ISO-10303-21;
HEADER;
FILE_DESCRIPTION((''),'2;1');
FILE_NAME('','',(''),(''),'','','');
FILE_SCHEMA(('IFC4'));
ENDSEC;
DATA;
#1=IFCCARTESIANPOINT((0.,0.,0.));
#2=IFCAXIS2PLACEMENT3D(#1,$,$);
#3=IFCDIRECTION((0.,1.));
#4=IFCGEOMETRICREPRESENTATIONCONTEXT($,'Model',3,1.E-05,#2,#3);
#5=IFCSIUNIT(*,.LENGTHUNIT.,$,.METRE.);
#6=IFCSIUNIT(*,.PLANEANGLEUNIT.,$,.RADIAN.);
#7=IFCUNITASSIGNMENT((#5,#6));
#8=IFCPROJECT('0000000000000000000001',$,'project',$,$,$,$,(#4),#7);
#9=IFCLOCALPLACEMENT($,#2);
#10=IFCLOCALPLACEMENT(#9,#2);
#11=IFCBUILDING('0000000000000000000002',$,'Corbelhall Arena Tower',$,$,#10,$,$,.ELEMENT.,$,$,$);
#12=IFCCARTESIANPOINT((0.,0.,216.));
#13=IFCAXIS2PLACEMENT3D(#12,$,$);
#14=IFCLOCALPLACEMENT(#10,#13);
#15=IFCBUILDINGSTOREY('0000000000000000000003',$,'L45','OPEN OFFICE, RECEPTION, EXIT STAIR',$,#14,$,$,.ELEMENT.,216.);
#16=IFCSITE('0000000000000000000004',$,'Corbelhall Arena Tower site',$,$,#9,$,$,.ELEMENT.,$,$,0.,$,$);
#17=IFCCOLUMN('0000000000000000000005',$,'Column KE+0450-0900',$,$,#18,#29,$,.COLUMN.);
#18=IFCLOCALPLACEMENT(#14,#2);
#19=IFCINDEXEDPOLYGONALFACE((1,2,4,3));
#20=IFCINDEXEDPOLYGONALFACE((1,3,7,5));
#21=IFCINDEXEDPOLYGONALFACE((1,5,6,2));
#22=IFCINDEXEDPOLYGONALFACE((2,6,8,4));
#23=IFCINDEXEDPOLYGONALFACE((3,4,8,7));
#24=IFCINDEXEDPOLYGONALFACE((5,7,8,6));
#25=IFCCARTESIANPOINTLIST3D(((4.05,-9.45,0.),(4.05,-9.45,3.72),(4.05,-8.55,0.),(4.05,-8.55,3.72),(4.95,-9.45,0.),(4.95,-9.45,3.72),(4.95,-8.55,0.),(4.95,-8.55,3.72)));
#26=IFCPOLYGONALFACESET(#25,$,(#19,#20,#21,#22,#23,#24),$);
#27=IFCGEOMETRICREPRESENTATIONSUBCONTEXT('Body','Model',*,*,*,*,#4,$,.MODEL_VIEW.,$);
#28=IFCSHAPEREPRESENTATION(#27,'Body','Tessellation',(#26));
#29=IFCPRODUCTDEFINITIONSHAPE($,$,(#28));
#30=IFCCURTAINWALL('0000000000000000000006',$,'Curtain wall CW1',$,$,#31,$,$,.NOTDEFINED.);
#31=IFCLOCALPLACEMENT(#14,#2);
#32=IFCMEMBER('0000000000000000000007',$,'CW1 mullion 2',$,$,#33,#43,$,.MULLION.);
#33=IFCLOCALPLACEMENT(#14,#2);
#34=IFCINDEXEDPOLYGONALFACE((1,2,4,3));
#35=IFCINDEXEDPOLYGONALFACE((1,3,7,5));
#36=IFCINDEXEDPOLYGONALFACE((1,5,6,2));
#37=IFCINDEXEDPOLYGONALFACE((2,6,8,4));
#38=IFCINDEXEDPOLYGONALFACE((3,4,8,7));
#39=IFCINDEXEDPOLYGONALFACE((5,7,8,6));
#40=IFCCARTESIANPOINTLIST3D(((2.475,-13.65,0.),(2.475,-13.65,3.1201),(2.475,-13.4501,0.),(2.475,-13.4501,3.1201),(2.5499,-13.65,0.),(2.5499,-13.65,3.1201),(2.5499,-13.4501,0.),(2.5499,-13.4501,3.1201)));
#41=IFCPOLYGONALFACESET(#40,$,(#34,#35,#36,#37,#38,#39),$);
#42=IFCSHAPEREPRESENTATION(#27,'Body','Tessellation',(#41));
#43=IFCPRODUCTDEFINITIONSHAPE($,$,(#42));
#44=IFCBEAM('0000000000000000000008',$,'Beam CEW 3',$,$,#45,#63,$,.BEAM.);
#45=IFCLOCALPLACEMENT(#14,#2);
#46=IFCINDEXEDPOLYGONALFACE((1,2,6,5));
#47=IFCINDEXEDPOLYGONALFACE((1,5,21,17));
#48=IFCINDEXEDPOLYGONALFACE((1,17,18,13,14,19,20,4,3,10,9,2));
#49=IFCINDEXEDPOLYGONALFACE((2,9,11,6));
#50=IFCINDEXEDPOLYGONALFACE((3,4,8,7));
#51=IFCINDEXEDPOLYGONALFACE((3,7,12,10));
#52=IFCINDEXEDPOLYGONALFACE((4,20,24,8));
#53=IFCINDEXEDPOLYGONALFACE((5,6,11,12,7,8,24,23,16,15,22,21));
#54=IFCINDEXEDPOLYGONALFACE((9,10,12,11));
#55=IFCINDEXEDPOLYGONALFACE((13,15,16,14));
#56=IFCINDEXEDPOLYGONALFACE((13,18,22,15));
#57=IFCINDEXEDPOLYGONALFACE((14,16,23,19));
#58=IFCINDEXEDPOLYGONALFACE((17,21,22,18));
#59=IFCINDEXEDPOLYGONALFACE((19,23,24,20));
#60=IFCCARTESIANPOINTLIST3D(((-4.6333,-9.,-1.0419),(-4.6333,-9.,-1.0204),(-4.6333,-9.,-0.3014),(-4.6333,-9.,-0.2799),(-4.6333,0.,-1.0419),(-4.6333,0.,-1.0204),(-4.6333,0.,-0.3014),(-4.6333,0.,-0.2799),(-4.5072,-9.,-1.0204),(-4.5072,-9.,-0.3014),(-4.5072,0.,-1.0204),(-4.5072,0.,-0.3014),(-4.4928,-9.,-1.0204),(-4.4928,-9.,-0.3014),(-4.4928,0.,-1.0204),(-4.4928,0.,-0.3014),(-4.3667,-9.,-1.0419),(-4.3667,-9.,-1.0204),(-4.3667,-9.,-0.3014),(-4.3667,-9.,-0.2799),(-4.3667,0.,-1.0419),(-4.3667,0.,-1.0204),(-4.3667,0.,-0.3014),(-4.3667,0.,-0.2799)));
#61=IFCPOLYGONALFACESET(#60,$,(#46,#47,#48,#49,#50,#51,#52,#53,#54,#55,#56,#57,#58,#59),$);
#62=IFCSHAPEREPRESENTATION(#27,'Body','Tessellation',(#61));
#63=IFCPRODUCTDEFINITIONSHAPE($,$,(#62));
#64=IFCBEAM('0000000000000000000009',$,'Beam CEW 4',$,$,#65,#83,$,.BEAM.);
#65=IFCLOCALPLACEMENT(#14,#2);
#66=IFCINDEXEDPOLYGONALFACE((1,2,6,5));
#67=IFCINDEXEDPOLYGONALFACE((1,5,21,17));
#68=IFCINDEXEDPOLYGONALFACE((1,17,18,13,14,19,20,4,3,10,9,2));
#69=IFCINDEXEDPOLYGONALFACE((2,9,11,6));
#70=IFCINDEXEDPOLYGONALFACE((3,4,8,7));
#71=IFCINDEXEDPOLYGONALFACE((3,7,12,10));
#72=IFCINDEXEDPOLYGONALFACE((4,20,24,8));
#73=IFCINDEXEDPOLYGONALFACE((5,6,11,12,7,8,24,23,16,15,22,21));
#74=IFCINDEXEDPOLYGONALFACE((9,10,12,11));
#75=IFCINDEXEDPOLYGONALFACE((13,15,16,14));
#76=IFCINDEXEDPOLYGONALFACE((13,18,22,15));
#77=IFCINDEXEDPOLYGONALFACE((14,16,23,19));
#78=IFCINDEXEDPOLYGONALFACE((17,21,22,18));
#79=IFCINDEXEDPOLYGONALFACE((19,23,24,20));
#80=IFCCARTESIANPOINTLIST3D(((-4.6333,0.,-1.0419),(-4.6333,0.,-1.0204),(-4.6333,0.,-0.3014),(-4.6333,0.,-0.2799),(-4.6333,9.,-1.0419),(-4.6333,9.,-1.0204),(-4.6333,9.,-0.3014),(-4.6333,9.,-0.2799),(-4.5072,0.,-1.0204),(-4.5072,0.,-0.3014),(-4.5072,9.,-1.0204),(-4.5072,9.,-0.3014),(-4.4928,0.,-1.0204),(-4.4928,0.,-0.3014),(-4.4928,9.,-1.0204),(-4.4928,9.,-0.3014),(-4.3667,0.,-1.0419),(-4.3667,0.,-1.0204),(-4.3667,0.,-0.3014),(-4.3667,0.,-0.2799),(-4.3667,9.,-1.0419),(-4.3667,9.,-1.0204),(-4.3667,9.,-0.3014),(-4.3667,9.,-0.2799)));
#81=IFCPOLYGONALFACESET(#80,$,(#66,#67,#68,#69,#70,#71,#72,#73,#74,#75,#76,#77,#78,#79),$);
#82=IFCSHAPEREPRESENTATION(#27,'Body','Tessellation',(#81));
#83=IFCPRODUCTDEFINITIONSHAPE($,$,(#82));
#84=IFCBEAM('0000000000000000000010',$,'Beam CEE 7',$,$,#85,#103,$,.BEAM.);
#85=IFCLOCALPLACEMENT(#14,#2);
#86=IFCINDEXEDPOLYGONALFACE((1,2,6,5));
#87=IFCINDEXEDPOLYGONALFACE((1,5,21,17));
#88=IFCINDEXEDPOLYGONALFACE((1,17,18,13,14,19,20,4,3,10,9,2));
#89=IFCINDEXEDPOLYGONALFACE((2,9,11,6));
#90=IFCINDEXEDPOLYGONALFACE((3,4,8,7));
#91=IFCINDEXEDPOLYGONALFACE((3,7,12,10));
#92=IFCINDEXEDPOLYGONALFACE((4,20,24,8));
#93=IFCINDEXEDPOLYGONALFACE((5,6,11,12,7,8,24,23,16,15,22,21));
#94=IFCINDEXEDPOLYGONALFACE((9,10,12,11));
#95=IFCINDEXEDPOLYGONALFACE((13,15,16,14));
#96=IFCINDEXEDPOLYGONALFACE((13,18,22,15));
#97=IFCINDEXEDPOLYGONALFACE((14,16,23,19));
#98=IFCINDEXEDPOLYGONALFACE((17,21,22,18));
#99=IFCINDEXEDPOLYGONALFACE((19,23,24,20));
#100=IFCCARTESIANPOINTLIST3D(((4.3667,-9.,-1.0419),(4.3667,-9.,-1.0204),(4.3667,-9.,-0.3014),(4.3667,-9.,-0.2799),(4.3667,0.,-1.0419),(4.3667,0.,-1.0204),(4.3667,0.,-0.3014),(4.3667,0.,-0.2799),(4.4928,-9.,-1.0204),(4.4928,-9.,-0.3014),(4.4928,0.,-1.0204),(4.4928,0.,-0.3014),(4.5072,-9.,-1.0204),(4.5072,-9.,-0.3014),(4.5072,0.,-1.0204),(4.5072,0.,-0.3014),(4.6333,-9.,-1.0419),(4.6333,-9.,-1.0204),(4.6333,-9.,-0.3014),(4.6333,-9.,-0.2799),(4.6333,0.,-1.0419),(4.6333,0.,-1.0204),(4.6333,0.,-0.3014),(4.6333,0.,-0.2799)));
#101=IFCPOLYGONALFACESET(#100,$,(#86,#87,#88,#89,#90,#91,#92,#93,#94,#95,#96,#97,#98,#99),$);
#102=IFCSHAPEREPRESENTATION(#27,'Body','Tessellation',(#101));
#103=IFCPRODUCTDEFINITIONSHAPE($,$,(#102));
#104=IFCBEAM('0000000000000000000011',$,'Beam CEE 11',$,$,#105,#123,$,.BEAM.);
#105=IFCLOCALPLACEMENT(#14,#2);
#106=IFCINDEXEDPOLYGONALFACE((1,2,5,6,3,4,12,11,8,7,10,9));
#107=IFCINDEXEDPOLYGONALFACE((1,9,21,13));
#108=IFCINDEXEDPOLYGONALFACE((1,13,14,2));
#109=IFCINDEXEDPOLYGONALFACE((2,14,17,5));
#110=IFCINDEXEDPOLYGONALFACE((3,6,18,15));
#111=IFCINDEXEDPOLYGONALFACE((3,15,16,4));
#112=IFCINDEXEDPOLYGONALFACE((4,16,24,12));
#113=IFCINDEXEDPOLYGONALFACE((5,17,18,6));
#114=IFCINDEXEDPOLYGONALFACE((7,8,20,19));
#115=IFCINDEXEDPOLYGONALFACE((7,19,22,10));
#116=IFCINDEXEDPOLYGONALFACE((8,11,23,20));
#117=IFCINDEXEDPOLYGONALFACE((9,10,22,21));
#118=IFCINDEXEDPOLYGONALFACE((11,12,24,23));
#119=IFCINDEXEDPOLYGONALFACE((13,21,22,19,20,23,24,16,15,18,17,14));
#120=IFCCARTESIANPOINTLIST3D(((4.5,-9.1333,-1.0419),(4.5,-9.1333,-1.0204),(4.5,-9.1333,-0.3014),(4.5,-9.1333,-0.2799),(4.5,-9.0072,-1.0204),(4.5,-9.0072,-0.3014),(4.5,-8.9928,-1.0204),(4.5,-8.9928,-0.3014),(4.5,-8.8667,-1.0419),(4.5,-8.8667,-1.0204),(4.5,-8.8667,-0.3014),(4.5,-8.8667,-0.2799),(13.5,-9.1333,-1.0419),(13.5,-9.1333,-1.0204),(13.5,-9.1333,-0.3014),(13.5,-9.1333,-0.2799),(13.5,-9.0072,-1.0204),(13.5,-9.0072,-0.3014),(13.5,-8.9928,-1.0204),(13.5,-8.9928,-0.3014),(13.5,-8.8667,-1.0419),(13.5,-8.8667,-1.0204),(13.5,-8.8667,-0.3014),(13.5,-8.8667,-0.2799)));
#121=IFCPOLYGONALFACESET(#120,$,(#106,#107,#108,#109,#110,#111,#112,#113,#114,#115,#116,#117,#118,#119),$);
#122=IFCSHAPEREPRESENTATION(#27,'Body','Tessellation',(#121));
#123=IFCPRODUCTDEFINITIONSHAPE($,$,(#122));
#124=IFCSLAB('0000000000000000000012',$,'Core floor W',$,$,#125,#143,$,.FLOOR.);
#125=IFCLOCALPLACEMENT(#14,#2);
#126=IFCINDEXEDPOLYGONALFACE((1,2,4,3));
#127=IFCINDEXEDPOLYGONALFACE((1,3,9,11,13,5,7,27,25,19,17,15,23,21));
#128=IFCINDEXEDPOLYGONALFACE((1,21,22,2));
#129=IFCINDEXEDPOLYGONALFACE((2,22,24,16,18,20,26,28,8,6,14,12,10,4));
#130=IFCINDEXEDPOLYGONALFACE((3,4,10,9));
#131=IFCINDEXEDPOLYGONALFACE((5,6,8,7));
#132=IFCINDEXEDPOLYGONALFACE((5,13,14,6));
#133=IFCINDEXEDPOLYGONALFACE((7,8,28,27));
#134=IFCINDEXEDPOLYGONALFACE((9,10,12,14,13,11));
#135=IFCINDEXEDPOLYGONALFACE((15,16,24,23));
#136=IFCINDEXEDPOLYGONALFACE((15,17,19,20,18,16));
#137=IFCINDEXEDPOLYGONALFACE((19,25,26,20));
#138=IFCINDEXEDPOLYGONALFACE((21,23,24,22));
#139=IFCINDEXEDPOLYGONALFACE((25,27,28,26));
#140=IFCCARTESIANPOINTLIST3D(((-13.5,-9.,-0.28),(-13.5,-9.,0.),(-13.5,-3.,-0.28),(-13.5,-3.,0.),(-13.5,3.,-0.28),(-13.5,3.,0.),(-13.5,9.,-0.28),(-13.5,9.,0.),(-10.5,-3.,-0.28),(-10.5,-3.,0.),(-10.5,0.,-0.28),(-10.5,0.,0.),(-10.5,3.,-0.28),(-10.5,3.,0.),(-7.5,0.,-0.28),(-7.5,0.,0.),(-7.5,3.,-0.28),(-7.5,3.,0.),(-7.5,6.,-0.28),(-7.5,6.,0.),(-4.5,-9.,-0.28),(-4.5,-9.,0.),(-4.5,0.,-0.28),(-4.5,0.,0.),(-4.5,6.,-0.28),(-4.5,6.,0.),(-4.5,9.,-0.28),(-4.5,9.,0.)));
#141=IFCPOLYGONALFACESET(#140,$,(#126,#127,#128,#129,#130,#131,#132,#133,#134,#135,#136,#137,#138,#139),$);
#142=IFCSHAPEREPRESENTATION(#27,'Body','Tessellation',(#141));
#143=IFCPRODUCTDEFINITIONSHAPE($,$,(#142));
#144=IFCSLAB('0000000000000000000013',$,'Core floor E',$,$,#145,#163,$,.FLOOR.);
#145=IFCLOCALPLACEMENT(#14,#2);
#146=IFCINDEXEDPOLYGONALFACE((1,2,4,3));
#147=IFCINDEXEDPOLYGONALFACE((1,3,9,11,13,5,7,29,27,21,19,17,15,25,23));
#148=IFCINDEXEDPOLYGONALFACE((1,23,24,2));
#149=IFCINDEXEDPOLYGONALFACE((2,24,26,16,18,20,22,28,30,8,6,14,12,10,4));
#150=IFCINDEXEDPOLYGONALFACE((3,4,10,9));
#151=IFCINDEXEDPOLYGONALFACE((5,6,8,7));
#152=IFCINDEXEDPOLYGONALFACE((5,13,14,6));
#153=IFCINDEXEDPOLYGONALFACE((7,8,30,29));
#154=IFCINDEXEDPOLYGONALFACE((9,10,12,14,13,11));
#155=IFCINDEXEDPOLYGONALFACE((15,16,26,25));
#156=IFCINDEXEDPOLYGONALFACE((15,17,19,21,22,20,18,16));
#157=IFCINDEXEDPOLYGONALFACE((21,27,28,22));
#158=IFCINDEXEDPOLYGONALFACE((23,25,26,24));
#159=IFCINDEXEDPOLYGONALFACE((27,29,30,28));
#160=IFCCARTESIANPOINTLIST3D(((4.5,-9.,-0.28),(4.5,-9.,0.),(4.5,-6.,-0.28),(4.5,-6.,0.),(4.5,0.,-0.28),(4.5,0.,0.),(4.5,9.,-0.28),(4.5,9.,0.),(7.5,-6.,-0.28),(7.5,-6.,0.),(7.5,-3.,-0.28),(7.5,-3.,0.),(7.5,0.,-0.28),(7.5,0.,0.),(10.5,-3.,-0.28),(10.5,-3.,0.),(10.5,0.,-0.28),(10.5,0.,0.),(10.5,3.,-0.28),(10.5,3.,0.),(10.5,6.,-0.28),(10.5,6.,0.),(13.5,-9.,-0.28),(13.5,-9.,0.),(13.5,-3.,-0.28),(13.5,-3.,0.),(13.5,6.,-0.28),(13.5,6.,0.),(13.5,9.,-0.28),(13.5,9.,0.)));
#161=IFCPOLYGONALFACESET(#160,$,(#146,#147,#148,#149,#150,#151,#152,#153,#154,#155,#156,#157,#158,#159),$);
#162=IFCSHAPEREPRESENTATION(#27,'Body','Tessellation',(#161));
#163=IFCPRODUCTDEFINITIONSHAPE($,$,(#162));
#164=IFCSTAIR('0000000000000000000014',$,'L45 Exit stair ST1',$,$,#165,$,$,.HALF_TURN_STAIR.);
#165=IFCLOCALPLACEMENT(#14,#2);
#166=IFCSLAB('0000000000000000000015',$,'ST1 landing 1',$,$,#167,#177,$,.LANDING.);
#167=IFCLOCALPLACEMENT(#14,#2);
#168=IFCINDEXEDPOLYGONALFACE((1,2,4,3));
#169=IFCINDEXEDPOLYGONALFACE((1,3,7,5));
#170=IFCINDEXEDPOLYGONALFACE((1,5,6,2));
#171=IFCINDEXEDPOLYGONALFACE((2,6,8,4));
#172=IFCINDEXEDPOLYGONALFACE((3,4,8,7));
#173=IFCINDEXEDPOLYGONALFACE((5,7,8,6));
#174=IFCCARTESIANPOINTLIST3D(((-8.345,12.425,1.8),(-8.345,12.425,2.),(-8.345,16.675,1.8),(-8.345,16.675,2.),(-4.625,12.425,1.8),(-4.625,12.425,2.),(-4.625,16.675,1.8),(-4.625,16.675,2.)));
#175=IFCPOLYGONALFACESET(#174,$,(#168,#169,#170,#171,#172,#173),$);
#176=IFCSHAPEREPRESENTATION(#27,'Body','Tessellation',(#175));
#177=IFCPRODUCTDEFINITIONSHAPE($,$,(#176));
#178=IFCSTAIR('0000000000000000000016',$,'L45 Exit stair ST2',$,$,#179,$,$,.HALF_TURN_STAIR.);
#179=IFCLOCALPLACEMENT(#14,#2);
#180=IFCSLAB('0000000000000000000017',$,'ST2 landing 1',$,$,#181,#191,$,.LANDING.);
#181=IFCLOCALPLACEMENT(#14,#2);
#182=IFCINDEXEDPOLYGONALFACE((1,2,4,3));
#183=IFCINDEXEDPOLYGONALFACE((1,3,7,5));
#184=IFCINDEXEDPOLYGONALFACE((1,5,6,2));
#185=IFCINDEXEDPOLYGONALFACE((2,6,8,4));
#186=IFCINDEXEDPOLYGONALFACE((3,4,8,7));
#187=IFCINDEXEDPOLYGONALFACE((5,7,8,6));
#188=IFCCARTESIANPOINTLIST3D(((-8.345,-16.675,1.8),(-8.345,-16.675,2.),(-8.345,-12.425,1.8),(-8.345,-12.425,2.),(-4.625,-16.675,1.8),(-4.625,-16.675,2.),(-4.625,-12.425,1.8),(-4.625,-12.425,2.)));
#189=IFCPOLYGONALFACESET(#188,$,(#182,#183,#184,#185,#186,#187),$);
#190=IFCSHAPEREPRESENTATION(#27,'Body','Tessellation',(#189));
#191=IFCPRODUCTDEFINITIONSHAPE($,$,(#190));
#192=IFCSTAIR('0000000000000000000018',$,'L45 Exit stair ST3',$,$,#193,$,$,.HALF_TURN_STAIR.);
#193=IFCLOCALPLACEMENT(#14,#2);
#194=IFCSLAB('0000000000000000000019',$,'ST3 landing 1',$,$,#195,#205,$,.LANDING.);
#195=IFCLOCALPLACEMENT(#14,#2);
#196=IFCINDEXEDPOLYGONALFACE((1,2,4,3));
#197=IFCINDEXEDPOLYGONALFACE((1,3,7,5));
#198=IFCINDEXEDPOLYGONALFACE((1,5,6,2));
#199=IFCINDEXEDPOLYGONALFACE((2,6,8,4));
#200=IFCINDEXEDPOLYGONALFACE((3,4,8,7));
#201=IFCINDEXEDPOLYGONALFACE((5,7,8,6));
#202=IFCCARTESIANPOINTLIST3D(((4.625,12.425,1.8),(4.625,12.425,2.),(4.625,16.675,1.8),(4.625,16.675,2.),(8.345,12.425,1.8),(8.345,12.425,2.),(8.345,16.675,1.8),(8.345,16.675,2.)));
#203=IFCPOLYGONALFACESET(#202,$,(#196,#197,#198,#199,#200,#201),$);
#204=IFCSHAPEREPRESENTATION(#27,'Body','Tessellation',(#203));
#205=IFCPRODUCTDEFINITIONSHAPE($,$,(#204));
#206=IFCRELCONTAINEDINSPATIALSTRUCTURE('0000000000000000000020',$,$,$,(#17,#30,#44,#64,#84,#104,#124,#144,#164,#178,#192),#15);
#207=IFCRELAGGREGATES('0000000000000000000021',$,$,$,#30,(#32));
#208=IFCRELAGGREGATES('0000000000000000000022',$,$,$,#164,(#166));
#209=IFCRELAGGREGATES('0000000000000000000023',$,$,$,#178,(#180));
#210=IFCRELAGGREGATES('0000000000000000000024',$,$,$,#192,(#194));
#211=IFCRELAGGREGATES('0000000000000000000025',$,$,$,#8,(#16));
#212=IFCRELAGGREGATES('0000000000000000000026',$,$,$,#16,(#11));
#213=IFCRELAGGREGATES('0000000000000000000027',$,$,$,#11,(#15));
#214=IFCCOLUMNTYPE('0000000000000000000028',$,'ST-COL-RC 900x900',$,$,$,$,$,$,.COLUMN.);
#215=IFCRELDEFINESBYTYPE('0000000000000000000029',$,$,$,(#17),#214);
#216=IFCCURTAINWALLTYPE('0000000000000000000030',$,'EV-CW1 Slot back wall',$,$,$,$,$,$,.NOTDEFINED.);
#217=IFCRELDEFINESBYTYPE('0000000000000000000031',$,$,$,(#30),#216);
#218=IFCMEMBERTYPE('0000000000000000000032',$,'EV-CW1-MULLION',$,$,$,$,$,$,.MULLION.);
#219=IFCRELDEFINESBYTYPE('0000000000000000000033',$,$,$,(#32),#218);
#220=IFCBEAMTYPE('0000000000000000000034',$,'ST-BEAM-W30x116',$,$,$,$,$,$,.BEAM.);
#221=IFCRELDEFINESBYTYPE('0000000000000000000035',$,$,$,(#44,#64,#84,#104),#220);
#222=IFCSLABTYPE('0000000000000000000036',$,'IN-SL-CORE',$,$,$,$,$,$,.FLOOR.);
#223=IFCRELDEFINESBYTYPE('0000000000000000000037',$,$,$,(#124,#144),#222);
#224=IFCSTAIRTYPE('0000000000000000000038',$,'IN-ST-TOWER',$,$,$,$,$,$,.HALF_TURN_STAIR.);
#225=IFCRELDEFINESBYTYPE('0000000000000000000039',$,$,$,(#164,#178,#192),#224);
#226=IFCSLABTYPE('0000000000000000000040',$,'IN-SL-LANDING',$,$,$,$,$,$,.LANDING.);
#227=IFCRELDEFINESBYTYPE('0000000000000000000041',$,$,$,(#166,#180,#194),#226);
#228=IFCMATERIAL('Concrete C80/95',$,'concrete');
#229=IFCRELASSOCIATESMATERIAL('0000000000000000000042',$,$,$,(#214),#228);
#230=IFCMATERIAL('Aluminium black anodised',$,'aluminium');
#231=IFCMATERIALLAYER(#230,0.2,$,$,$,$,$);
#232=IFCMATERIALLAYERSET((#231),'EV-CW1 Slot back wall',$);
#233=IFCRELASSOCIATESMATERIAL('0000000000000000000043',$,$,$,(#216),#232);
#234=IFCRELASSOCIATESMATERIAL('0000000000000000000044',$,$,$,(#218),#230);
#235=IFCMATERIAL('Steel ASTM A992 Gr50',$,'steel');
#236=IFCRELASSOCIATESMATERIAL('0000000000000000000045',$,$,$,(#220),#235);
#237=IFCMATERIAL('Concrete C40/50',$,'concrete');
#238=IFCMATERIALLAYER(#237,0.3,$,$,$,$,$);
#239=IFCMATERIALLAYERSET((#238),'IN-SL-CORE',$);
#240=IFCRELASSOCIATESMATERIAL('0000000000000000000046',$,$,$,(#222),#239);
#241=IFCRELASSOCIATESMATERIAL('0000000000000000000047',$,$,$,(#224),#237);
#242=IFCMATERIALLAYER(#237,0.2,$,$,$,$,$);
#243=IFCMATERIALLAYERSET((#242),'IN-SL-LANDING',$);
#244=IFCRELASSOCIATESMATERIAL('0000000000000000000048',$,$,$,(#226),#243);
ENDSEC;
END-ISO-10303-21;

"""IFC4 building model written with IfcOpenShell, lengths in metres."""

from ifc_helpers import new_model, si_unit, direction, frame, origin, origin_2d, place, context, subcontext, project, spatial, polyline, rectangle, i_section, outline, extrude, material, layer, layer_set, material_profile, profile_set, type_object, element, aggregate, save


model = new_model("IFC4")

# Units and contexts
model_context = context("Model", 3, precision=1e-05, world=origin(), true_north=direction((0.0, 1.0)))
body_context = subcontext(model_context, "Body", "Model", "MODEL_VIEW")
ifc_project = project(units=[si_unit("LENGTHUNIT", "METRE"), si_unit("PLANEANGLEUNIT", "RADIAN")], contexts=[model_context])

# Site, building, storey
site_placement = place(None, origin())
site = spatial("IfcSite", under=ifc_project, at=site_placement, Name="Corbelhall Arena Tower site", CompositionType="ELEMENT", RefElevation=0.0)
building_placement = place(site_placement, origin())
building = spatial("IfcBuilding", under=site, at=building_placement, Name="Corbelhall Arena Tower", CompositionType="ELEMENT")
storey_placement = place(building_placement, frame((0.0, 0.0, 216.0)))
storey = spatial("IfcBuildingStorey", under=building, at=storey_placement, Name="L45", Description="OPEN OFFICE, RECEPTION, EXIT STAIR", CompositionType="ELEMENT", Elevation=216.0)

# Column
ifc_material_1 = material(Name="Concrete C80/95", Category="concrete")
ifc_material_profile_1 = material_profile(ifc_material_1, rectangle(XDim=0.8999, YDim=0.8999, at=origin_2d()))
ifc_profile_set_1 = profile_set([ifc_material_profile_1], Name="Concrete C80/95")
column_type = type_object("IfcColumnType", Name="ST-COL-RC 900x900", PredefinedType="COLUMN", material=ifc_profile_set_1)
column_placement = place(storey_placement, frame((4.5, -9.0, 0.0), z_axis=(0.0, 0.0, 1.0), x_axis=(1.0, 0.0, 0.0)))
element("IfcColumn", 1, at=column_placement, inside=storey, type_object=column_type, Name="Column KE+0450-0900", PredefinedType="COLUMN", context=body_context, shape_type="SweptSolid", body=[
    extrude(rectangle(XDim=0.8999, YDim=0.8999, at=origin_2d()), origin(), (0.0, 0.0, 1.0), 3.72),
])

# Curtain wall, member
ifc_material_2 = material(Name="Aluminium black anodised", Category="aluminium")
ifc_layer_1 = layer(ifc_material_2, 0.2)
ifc_layer_set_1 = layer_set([ifc_layer_1], Name="EV-CW1 Slot back wall")
curtain_wall_type = type_object("IfcCurtainWallType", Name="EV-CW1 Slot back wall", PredefinedType="NOTDEFINED", material=ifc_layer_set_1)
curtain_wall_placement = place(storey_placement, origin())
curtain_wall = element("IfcCurtainWall", 2, at=curtain_wall_placement, inside=storey, type_object=curtain_wall_type, Name="Curtain wall CW1", PredefinedType="NOTDEFINED")
ifc_material_profile_2 = material_profile(ifc_material_2, rectangle(XDim=0.2, YDim=0.075, at=origin_2d()))
ifc_profile_set_2 = profile_set([ifc_material_profile_2], Name="Aluminium black anodised")
member_type = type_object("IfcMemberType", Name="EV-CW1-MULLION", PredefinedType="MULLION", material=ifc_profile_set_2)
member_placement = place(storey_placement, frame((2.5125, -13.55, 0.0), z_axis=(0.0, 0.0, 1.0), x_axis=(0.0, 1.0, 0.0)))
member = element("IfcMember", 3, at=member_placement, type_object=member_type, Name="CW1 mullion 2", PredefinedType="MULLION", context=body_context, shape_type="SweptSolid", body=[
    extrude(rectangle(XDim=0.2, YDim=0.075, at=origin_2d()), origin(), (0.0, 0.0, 1.0), 3.1201),
])
aggregate(curtain_wall, [member])

# Beams
ifc_material_3 = material(Name="Steel ASTM A992 Gr50", Category="steel")
ifc_material_profile_3 = material_profile(ifc_material_3, i_section(OverallWidth=0.2666, OverallDepth=0.762, WebThickness=0.0144, FlangeThickness=0.0215, at=origin_2d()))
ifc_profile_set_3 = profile_set([ifc_material_profile_3], Name="Steel ASTM A992 Gr50")
beam_type = type_object("IfcBeamType", Name="ST-BEAM-W30x116", PredefinedType="BEAM", material=ifc_profile_set_3)
for number, where, z_axis, x_axis, name in (
    (4, (-4.5, -9.0, -0.6609), (0.0, 1.0, 0.0), (-1.0, 0.0, 0.0), "Beam CEW 3"),
    (5, (-4.5, 0.0, -0.6609), (0.0, 1.0, 0.0), (-1.0, 0.0, 0.0), "Beam CEW 4"),
    (6, (4.5, -9.0, -0.6609), (0.0, 1.0, 0.0), (-1.0, 0.0, 0.0), "Beam CEE 7"),
    (7, (4.5, -9.0, -0.6609), (1.0, 0.0, 0.0), (0.0, 1.0, 0.0), "Beam CEE 11"),
):
    element("IfcBeam", number, at=place(storey_placement, frame(where, z_axis=z_axis, x_axis=x_axis)), inside=storey, type_object=beam_type, Name=name, PredefinedType="BEAM", context=body_context, shape_type="SweptSolid", body=[
        extrude(i_section(OverallWidth=0.2666, OverallDepth=0.762, WebThickness=0.0144, FlangeThickness=0.0215, at=origin_2d()), origin(), (0.0, 0.0, 1.0), 9.0),
    ])

# Slabs
ifc_material_4 = material(Name="Concrete C40/50", Category="concrete")
ifc_layer_2 = layer(ifc_material_4, 0.3)
ifc_layer_set_2 = layer_set([ifc_layer_2], Name="IN-SL-CORE")
slab_type_1 = type_object("IfcSlabType", Name="IN-SL-CORE", PredefinedType="FLOOR", material=ifc_layer_set_2)
slab_1_placement = place(storey_placement, frame((0.0, 0.0, -0.28)))
element("IfcSlab", 8, at=slab_1_placement, inside=storey, type_object=slab_type_1, Name="Core floor W", PredefinedType="FLOOR", context=body_context, shape_type="SweptSolid", body=[
    extrude(outline(polyline([(-10.5, -3.0), (-13.5, -3.0), (-13.5, -9.0), (-4.5, -9.0), (-4.5, 0.0), (-7.5, 0.0), (-7.5, 3.0), (-7.5, 6.0), (-4.5, 6.0), (-4.5, 9.0), (-13.5, 9.0), (-13.5, 3.0), (-10.5, 3.0), (-10.5, 0.0), (-10.5, -3.0)])), origin(), (0.0, 0.0, 1.0), 0.28),
])
slab_2_placement = place(storey_placement, frame((0.0, 0.0, -0.28)))
element("IfcSlab", 9, at=slab_2_placement, inside=storey, type_object=slab_type_1, Name="Core floor E", PredefinedType="FLOOR", context=body_context, shape_type="SweptSolid", body=[
    extrude(outline(polyline([(13.5, -3.0), (10.5, -3.0), (10.5, 0.0), (10.5, 3.0), (10.5, 6.0), (13.5, 6.0), (13.5, 9.0), (4.5, 9.0), (4.5, 0.0), (7.5, 0.0), (7.5, -3.0), (7.5, -6.0), (4.5, -6.0), (4.5, -9.0), (13.5, -9.0), (13.5, -3.0)])), origin(), (0.0, 0.0, 1.0), 0.28),
])

# Stairs, slabs
stair_type = type_object("IfcStairType", Name="IN-ST-TOWER", PredefinedType="HALF_TURN_STAIR", material=ifc_material_4)
stair_1_placement = place(storey_placement, origin())
stair_1 = element("IfcStair", 10, at=stair_1_placement, inside=storey, type_object=stair_type, Name="L45 Exit stair ST1", PredefinedType="HALF_TURN_STAIR")
ifc_layer_3 = layer(ifc_material_4, 0.2)
ifc_layer_set_3 = layer_set([ifc_layer_3], Name="IN-SL-LANDING")
slab_type_2 = type_object("IfcSlabType", Name="IN-SL-LANDING", PredefinedType="LANDING", material=ifc_layer_set_3)
slab_3_placement = place(storey_placement, frame((0.0, 0.0, 1.8)))
slab_3 = element("IfcSlab", 11, at=slab_3_placement, type_object=slab_type_2, Name="ST1 landing 1", PredefinedType="LANDING", context=body_context, shape_type="SweptSolid", body=[
    extrude(outline(polyline([(-8.345, 12.425), (-4.625, 12.425), (-4.625, 16.675), (-8.345, 16.675), (-8.345, 12.425)])), origin(), (0.0, 0.0, 1.0), 0.2),
])
aggregate(stair_1, [slab_3])
stair_2_placement = place(storey_placement, origin())
stair_2 = element("IfcStair", 12, at=stair_2_placement, inside=storey, type_object=stair_type, Name="L45 Exit stair ST2", PredefinedType="HALF_TURN_STAIR")
slab_4_placement = place(storey_placement, frame((0.0, 0.0, 1.8)))
slab_4 = element("IfcSlab", 13, at=slab_4_placement, type_object=slab_type_2, Name="ST2 landing 1", PredefinedType="LANDING", context=body_context, shape_type="SweptSolid", body=[
    extrude(outline(polyline([(-8.345, -16.675), (-4.625, -16.675), (-4.625, -12.425), (-8.345, -12.425), (-8.345, -16.675)])), origin(), (0.0, 0.0, 1.0), 0.2),
])
aggregate(stair_2, [slab_4])
stair_3_placement = place(storey_placement, origin())
stair_3 = element("IfcStair", 14, at=stair_3_placement, inside=storey, type_object=stair_type, Name="L45 Exit stair ST3", PredefinedType="HALF_TURN_STAIR")
slab_5_placement = place(storey_placement, frame((0.0, 0.0, 1.8)))
slab_5 = element("IfcSlab", 15, at=slab_5_placement, type_object=slab_type_2, Name="ST3 landing 1", PredefinedType="LANDING", context=body_context, shape_type="SweptSolid", body=[
    extrude(outline(polyline([(8.345, 16.675), (4.625, 16.675), (4.625, 12.425), (8.345, 12.425), (8.345, 16.675)])), origin(), (0.0, 0.0, 1.0), 0.2),
])
aggregate(stair_3, [slab_5])

save(model, "model.ifc")
